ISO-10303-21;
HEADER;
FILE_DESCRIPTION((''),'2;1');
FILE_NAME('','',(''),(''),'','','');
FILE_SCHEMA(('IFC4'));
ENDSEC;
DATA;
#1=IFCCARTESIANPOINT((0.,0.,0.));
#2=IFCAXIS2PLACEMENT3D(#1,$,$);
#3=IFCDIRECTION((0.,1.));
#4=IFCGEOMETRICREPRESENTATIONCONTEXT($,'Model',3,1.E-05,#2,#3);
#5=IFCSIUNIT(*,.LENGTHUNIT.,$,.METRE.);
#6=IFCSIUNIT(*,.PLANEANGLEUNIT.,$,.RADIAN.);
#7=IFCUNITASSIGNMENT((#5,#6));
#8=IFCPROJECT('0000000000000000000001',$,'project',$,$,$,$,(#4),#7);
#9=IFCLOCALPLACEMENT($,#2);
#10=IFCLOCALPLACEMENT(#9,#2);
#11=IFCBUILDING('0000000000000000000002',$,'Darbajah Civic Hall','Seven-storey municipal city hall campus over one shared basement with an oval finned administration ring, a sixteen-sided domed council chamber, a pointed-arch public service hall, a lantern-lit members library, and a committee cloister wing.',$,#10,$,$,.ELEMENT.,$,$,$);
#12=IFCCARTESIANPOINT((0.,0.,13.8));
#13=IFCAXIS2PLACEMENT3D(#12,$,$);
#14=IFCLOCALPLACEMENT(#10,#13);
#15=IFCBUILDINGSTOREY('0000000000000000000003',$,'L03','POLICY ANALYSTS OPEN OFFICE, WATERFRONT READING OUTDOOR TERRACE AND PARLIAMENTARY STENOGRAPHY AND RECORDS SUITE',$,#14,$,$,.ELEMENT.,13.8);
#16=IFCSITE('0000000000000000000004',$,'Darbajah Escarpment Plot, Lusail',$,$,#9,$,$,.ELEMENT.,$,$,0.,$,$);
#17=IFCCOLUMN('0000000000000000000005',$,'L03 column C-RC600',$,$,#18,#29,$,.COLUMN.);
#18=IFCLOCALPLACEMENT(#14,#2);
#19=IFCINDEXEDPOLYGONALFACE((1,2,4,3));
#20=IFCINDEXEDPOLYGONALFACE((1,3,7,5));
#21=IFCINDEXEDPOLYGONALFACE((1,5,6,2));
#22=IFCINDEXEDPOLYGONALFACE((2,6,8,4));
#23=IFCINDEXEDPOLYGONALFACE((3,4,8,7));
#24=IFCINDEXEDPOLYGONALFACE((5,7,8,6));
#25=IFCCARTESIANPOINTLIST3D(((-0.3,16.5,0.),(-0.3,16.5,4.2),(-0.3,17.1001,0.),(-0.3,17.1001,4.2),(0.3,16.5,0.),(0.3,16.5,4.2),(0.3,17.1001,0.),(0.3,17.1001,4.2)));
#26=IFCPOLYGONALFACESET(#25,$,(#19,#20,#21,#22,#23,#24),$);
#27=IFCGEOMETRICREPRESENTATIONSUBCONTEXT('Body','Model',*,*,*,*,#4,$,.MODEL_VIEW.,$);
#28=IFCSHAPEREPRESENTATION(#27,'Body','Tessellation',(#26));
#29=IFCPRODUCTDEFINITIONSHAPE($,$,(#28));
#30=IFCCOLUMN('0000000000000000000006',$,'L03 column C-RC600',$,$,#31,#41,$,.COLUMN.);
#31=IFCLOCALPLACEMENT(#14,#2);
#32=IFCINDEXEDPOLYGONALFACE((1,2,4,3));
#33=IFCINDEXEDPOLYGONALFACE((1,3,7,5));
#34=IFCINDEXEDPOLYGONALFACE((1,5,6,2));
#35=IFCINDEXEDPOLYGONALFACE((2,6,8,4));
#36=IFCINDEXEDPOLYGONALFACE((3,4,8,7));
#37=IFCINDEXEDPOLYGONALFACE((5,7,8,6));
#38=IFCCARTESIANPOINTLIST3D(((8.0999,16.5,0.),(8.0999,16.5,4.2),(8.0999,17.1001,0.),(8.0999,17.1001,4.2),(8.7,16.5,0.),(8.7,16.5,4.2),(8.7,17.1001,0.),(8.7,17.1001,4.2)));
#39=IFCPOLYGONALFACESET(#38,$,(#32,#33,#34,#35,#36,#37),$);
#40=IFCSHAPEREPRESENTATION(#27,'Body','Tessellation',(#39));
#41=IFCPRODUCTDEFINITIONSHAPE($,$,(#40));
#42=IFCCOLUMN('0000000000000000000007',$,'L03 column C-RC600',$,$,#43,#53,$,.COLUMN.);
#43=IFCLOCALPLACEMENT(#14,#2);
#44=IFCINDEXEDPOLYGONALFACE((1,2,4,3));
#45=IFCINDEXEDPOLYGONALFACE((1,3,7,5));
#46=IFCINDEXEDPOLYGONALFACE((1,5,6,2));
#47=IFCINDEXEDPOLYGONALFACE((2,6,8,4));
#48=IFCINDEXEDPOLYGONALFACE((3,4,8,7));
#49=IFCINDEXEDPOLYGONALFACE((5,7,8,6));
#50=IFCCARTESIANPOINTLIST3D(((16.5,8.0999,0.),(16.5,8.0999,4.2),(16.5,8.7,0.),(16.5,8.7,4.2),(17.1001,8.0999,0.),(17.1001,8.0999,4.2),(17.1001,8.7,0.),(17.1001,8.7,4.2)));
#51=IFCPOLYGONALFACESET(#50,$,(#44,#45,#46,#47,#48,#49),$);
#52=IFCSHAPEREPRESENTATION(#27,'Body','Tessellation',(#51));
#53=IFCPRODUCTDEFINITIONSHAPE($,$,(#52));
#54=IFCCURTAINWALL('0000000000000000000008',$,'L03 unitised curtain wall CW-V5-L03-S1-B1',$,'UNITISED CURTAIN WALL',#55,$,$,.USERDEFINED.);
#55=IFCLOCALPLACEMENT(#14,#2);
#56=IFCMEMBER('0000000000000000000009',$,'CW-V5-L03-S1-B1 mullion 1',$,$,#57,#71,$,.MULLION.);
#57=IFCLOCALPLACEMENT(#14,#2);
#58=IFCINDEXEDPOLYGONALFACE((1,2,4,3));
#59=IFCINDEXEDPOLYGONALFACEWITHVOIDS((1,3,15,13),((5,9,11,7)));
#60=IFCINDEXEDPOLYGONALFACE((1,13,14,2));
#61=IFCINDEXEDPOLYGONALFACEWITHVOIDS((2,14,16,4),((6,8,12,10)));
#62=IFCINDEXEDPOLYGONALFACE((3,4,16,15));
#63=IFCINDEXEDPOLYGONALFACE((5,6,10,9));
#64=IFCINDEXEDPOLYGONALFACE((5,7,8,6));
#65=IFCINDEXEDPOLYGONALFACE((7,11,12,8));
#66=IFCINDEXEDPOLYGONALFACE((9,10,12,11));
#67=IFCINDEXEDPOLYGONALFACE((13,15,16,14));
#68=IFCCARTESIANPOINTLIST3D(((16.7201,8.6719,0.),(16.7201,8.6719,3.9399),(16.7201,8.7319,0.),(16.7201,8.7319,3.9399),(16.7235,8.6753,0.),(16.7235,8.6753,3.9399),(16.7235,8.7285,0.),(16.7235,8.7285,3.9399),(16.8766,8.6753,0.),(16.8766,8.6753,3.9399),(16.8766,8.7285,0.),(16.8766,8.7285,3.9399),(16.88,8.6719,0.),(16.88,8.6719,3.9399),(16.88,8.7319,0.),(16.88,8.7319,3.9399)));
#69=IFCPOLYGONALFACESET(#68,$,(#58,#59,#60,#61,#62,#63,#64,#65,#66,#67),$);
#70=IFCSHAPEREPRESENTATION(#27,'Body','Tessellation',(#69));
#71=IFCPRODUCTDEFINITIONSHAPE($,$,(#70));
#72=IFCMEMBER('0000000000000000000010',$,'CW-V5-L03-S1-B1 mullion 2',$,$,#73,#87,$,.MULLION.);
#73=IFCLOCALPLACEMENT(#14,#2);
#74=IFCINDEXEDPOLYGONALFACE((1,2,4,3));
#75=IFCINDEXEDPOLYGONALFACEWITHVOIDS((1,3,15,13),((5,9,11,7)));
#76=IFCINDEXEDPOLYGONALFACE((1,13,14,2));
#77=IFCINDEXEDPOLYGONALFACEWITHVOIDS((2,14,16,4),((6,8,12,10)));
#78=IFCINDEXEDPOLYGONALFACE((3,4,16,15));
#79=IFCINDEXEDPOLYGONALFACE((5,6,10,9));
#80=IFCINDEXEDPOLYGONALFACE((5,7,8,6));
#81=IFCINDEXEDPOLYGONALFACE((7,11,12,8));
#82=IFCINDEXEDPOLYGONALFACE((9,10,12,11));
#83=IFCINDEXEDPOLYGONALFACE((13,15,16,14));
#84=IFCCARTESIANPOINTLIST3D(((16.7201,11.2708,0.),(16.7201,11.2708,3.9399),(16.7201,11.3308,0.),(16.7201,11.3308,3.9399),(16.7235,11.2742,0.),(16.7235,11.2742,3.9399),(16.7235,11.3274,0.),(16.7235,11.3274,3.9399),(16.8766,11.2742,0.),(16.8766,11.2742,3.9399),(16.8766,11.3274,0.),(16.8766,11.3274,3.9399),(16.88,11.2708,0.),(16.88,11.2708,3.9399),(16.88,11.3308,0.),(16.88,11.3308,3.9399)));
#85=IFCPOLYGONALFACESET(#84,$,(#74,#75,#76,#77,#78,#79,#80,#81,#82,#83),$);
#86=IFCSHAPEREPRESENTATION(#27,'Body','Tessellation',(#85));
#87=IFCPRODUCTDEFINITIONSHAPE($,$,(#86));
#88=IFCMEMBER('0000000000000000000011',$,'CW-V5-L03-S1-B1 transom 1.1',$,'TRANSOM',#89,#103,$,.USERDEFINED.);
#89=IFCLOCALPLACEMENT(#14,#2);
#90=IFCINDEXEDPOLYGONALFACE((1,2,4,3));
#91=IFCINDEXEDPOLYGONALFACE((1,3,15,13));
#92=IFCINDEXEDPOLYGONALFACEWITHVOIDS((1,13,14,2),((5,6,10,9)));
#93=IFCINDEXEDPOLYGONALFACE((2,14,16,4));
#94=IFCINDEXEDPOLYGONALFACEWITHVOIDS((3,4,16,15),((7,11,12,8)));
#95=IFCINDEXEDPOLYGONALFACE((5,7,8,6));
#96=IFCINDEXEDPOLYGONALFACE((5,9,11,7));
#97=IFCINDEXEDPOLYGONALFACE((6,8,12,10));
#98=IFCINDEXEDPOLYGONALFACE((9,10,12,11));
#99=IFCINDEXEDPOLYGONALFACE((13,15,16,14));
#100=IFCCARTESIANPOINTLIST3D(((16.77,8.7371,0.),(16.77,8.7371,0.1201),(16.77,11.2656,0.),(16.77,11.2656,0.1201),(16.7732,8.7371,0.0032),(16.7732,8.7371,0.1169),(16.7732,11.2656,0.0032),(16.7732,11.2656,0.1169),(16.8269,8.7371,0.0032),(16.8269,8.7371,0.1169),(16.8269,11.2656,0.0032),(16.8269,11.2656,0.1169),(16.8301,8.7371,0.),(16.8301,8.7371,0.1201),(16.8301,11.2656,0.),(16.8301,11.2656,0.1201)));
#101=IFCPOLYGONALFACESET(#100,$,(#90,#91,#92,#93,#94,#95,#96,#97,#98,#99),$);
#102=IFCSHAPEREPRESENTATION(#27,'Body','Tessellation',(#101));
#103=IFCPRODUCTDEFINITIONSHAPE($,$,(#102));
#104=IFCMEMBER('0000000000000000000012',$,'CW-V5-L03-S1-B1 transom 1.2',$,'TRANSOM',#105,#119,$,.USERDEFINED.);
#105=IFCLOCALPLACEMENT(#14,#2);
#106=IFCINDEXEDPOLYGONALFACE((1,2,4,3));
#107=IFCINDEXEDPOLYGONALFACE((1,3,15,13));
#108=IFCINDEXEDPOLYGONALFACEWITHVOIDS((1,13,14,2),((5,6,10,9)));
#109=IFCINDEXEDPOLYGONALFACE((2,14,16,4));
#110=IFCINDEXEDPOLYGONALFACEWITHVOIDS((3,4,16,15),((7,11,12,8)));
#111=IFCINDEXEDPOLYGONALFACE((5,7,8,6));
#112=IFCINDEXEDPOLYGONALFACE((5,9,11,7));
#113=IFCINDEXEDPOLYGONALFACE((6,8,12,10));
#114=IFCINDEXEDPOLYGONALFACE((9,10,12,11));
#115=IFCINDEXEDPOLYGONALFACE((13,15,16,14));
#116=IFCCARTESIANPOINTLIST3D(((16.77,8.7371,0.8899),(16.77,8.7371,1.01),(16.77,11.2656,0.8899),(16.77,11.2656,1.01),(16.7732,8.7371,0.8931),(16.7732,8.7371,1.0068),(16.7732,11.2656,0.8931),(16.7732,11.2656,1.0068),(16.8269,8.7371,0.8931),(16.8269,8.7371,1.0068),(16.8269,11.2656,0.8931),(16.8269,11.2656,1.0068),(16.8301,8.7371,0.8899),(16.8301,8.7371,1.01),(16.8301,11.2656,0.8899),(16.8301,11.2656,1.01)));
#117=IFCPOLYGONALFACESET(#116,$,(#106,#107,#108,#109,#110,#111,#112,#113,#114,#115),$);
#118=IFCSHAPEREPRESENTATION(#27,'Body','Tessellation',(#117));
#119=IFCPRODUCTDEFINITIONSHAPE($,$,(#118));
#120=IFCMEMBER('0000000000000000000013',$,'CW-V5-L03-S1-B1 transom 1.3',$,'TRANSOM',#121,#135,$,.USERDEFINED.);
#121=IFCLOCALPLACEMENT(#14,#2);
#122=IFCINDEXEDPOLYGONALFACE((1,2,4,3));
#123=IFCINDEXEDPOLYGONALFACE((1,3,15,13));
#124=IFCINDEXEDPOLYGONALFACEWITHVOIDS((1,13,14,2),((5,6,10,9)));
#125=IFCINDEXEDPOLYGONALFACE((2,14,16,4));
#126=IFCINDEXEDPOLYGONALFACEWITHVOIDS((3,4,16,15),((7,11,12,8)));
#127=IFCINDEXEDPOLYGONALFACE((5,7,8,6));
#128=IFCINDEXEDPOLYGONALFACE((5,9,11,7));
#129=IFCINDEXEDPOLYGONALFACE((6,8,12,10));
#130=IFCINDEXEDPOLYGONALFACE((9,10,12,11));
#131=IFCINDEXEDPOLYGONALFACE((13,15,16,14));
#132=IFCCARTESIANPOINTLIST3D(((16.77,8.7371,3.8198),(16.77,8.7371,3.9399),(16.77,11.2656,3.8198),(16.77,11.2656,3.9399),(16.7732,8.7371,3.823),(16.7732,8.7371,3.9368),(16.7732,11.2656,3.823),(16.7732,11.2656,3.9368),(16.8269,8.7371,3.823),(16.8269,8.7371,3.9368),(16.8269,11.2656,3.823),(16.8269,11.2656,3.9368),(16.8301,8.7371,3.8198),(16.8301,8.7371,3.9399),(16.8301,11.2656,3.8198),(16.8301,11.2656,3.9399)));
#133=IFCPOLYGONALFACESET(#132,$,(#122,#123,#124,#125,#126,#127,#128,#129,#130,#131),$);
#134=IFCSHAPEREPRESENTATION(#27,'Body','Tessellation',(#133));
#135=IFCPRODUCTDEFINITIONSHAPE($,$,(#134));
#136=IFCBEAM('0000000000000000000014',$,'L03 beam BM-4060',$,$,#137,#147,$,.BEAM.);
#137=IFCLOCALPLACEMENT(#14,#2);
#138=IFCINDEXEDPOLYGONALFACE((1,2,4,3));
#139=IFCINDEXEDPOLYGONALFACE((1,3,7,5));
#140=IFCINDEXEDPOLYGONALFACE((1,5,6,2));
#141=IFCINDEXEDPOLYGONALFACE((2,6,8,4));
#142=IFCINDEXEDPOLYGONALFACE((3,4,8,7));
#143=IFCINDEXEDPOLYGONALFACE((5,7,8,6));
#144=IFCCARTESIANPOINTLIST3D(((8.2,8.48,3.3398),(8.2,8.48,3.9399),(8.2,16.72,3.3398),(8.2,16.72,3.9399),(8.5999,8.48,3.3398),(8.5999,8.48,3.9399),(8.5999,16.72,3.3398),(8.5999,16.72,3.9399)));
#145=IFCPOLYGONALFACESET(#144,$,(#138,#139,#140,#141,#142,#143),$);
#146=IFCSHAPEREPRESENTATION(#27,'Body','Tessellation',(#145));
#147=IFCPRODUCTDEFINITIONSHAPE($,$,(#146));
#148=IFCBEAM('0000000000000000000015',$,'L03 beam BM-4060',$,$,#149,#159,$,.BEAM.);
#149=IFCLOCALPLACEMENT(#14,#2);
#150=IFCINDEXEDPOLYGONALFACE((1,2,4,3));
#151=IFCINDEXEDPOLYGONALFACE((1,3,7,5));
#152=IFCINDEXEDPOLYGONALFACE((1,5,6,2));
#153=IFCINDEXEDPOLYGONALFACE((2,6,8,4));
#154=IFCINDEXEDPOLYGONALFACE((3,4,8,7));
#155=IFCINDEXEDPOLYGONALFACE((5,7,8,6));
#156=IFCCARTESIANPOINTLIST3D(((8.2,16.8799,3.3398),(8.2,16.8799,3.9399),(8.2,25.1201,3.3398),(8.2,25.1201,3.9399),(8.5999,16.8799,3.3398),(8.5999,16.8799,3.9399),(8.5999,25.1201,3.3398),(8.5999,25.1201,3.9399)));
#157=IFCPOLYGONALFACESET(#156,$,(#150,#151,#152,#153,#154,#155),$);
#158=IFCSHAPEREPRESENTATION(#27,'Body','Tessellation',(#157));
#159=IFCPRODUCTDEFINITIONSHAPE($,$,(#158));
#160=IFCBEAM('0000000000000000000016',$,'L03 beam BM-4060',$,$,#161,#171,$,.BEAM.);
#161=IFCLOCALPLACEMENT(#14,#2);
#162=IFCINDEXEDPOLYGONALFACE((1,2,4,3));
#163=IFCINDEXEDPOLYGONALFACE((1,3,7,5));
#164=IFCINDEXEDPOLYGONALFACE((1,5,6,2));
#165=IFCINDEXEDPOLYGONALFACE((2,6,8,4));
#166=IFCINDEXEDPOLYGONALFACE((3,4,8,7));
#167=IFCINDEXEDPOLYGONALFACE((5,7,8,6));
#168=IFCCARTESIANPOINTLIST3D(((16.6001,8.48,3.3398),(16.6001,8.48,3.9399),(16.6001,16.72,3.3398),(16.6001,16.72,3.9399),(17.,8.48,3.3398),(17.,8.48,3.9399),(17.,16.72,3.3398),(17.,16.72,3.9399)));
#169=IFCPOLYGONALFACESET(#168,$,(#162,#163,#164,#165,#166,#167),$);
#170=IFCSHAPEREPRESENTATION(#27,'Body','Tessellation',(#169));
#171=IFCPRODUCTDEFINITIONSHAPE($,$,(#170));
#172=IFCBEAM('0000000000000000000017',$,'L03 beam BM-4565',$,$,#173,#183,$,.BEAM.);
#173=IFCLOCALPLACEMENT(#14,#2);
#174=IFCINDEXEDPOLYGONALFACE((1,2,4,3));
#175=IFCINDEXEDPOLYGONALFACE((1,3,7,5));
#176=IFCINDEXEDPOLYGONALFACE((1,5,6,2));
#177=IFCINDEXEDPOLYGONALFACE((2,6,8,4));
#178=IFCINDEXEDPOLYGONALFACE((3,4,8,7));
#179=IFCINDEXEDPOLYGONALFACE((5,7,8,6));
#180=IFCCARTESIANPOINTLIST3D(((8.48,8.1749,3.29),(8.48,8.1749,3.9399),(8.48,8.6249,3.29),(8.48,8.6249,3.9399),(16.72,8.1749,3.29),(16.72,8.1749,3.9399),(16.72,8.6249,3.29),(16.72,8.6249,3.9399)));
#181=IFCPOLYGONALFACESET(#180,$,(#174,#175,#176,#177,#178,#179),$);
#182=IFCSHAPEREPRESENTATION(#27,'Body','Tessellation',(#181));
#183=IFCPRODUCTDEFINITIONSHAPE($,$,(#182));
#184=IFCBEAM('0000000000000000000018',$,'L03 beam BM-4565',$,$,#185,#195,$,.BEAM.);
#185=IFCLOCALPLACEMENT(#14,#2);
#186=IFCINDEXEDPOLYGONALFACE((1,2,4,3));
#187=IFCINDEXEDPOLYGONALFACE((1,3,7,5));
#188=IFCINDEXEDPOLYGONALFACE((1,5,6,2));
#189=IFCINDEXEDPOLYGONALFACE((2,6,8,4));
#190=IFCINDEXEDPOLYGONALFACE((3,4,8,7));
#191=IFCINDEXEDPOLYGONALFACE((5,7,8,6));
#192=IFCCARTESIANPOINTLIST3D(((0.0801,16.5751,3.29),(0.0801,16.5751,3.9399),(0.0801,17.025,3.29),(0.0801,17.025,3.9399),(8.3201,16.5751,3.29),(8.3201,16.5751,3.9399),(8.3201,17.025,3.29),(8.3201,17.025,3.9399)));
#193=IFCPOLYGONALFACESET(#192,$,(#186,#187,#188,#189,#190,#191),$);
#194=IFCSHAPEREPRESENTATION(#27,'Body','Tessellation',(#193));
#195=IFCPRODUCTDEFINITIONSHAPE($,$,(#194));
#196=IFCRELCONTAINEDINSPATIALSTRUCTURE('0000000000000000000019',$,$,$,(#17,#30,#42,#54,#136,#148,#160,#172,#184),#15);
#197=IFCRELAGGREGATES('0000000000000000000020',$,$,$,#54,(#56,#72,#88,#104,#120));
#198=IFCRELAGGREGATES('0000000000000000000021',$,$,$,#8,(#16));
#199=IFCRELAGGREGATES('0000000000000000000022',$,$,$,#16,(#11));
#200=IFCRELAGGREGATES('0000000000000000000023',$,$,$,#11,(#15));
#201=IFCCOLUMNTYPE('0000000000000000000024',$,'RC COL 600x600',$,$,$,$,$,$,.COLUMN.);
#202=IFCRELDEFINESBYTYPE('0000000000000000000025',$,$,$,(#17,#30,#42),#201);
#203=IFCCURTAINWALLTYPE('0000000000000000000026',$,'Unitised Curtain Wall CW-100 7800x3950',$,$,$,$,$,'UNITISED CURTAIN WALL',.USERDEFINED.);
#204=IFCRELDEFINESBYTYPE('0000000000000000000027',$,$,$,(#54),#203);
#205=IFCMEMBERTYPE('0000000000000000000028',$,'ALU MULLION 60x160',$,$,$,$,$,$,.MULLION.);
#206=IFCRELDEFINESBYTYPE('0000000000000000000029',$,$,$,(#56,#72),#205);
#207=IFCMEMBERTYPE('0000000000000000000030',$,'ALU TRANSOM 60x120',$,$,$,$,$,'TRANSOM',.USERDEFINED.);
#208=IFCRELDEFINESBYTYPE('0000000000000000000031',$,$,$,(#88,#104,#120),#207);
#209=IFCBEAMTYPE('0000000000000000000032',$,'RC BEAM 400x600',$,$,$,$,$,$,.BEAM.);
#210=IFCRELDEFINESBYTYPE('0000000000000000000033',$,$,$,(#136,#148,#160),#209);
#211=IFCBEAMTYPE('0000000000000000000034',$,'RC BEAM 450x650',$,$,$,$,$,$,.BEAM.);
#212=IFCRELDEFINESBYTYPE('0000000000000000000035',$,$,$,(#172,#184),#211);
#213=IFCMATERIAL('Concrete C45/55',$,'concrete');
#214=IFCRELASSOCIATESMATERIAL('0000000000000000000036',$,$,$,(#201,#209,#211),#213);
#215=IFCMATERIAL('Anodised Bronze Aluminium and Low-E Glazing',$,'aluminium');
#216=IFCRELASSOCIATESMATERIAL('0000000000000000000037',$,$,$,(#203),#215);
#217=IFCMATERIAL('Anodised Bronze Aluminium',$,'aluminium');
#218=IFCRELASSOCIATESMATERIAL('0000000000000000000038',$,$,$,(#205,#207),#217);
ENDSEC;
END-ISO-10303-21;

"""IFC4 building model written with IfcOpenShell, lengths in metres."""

from ifc_helpers import new_model, si_unit, direction, frame, origin, origin_2d, place, context, subcontext, project, spatial, rectangle, hollow_rectangle, extrude, material, material_profile, profile_set, type_object, element, aggregate, save


model = new_model("IFC4")

# Units and contexts
model_context = context("Model", 3, precision=1e-05, world=origin(), true_north=direction((0.0, 1.0)))
body_context = subcontext(model_context, "Body", "Model", "MODEL_VIEW")
ifc_project = project(units=[si_unit("LENGTHUNIT", "METRE"), si_unit("PLANEANGLEUNIT", "RADIAN")], contexts=[model_context])

# Site, building, storey
site_placement = place(None, origin())
site = spatial("IfcSite", under=ifc_project, at=site_placement, Name="Darbajah Escarpment Plot, Lusail", CompositionType="ELEMENT", RefElevation=0.0)
building_placement = place(site_placement, origin())
building = spatial("IfcBuilding", under=site, at=building_placement, Name="Darbajah Civic Hall", Description="Seven-storey municipal city hall campus over one shared basement with an oval finned administration ring, a sixteen-sided domed council chamber, a pointed-arch public service hall, a lantern-lit members library, and a committee cloister wing.", CompositionType="ELEMENT")
storey_placement = place(building_placement, frame((0.0, 0.0, 13.8)))
storey = spatial("IfcBuildingStorey", under=building, at=storey_placement, Name="L03", Description="POLICY ANALYSTS OPEN OFFICE, WATERFRONT READING OUTDOOR TERRACE AND PARLIAMENTARY STENOGRAPHY AND RECORDS SUITE", CompositionType="ELEMENT", Elevation=13.8)

# Columns
ifc_material_1 = material(Name="Concrete C45/55", Category="concrete")
ifc_material_profile_1 = material_profile(ifc_material_1, rectangle(XDim=0.6001, YDim=0.6001, at=origin_2d()), Name="RC COL 600x600")
ifc_profile_set_1 = profile_set([ifc_material_profile_1], Name="Concrete C45/55")
column_type = type_object("IfcColumnType", Name="RC COL 600x600", PredefinedType="COLUMN", material=ifc_profile_set_1)
for number, where, z_axis, x_axis, name in (
    (1, (0.0, 16.8, 0.0), (0.0, 0.0, 1.0), (1.0, 0.0, 0.0), "L03 column C-RC600"),
    (2, (8.3999, 16.8, 0.0), (0.0, 0.0, 1.0), (1.0, 0.0, 0.0), "L03 column C-RC600"),
    (3, (16.8, 8.3999, 0.0), (0.0, 0.0, 1.0), (1.0, 0.0, 0.0), "L03 column C-RC600"),
):
    element("IfcColumn", number, at=place(storey_placement, frame(where, z_axis=z_axis, x_axis=x_axis)), inside=storey, type_object=column_type, Name=name, PredefinedType="COLUMN", context=body_context, shape_type="SweptSolid", body=[
        extrude(rectangle(XDim=0.6001, YDim=0.6001, at=origin_2d()), origin(), (0.0, 0.0, 1.0), 4.2),
    ])

# Curtain wall, members
ifc_material_2 = material(Name="Anodised Bronze Aluminium and Low-E Glazing", Category="aluminium")
curtain_wall_type = type_object("IfcCurtainWallType", Name="Unitised Curtain Wall CW-100 7800x3950", ElementType="UNITISED CURTAIN WALL", PredefinedType="USERDEFINED", material=ifc_material_2)
curtain_wall_placement = place(storey_placement, origin())
curtain_wall = element("IfcCurtainWall", 4, at=curtain_wall_placement, inside=storey, type_object=curtain_wall_type, Name="L03 unitised curtain wall CW-V5-L03-S1-B1", ObjectType="UNITISED CURTAIN WALL", PredefinedType="USERDEFINED")
ifc_material_3 = material(Name="Anodised Bronze Aluminium", Category="aluminium")
ifc_material_profile_2 = material_profile(ifc_material_3, hollow_rectangle(XDim=0.0601, YDim=0.1599, WallThickness=0.0034, at=origin_2d()), Name="ALU MULLION 60x160")
ifc_profile_set_2 = profile_set([ifc_material_profile_2], Name="Anodised Bronze Aluminium")
member_type_1 = type_object("IfcMemberType", Name="ALU MULLION 60x160", PredefinedType="MULLION", material=ifc_profile_set_2)
member_1_placement = place(storey_placement, frame((16.8, 8.7019, 0.0), z_axis=(0.0, 0.0, 1.0), x_axis=(0.0, 1.0, 0.0)))
member_1 = element("IfcMember", 5, at=member_1_placement, type_object=member_type_1, Name="CW-V5-L03-S1-B1 mullion 1", PredefinedType="MULLION", context=body_context, shape_type="SweptSolid", body=[
    extrude(hollow_rectangle(XDim=0.0601, YDim=0.1599, WallThickness=0.0034, at=origin_2d()), origin(), (0.0, 0.0, 1.0), 3.9399),
])
member_2_placement = place(storey_placement, frame((16.8, 11.3008, 0.0), z_axis=(0.0, 0.0, 1.0), x_axis=(0.0, 1.0, 0.0)))
member_2 = element("IfcMember", 6, at=member_2_placement, type_object=member_type_1, Name="CW-V5-L03-S1-B1 mullion 2", PredefinedType="MULLION", context=body_context, shape_type="SweptSolid", body=[
    extrude(hollow_rectangle(XDim=0.0601, YDim=0.1599, WallThickness=0.0034, at=origin_2d()), origin(), (0.0, 0.0, 1.0), 3.9399),
])
ifc_material_profile_3 = material_profile(ifc_material_3, hollow_rectangle(XDim=0.0601, YDim=0.1201, WallThickness=0.0032, at=origin_2d()), Name="ALU TRANSOM 60x120")
ifc_profile_set_3 = profile_set([ifc_material_profile_3], Name="Anodised Bronze Aluminium")
member_type_2 = type_object("IfcMemberType", Name="ALU TRANSOM 60x120", ElementType="TRANSOM", PredefinedType="USERDEFINED", material=ifc_profile_set_3)
member_3_placement = place(storey_placement, frame((16.8, 8.7371, 0.0601), z_axis=(0.0, 1.0, 0.0), x_axis=(-1.0, 0.0, 0.0)))
member_3 = element("IfcMember", 7, at=member_3_placement, type_object=member_type_2, Name="CW-V5-L03-S1-B1 transom 1.1", ObjectType="TRANSOM", PredefinedType="USERDEFINED", context=body_context, shape_type="SweptSolid", body=[
    extrude(hollow_rectangle(XDim=0.0601, YDim=0.1201, WallThickness=0.0032, at=origin_2d()), origin(), (0.0, 0.0, 1.0), 2.5286),
])
member_4_placement = place(storey_placement, frame((16.8, 8.7371, 0.95), z_axis=(0.0, 1.0, 0.0), x_axis=(-1.0, 0.0, 0.0)))
member_4 = element("IfcMember", 8, at=member_4_placement, type_object=member_type_2, Name="CW-V5-L03-S1-B1 transom 1.2", ObjectType="TRANSOM", PredefinedType="USERDEFINED", context=body_context, shape_type="SweptSolid", body=[
    extrude(hollow_rectangle(XDim=0.0601, YDim=0.1201, WallThickness=0.0032, at=origin_2d()), origin(), (0.0, 0.0, 1.0), 2.5286),
])
member_5_placement = place(storey_placement, frame((16.8, 8.7371, 3.8799), z_axis=(0.0, 1.0, 0.0), x_axis=(-1.0, 0.0, 0.0)))
member_5 = element("IfcMember", 9, at=member_5_placement, type_object=member_type_2, Name="CW-V5-L03-S1-B1 transom 1.3", ObjectType="TRANSOM", PredefinedType="USERDEFINED", context=body_context, shape_type="SweptSolid", body=[
    extrude(hollow_rectangle(XDim=0.0601, YDim=0.1201, WallThickness=0.0032, at=origin_2d()), origin(), (0.0, 0.0, 1.0), 2.5286),
])

# Beams
ifc_material_profile_4 = material_profile(ifc_material_1, rectangle(XDim=0.3999, YDim=0.6001, at=origin_2d()), Name="RC BEAM 400x600")
ifc_profile_set_4 = profile_set([ifc_material_profile_4], Name="Concrete C45/55")
beam_type_1 = type_object("IfcBeamType", Name="RC BEAM 400x600", PredefinedType="BEAM", material=ifc_profile_set_4)
beam_1_placement = place(storey_placement, frame((8.3999, 8.48, 3.6399), z_axis=(0.0, 1.0, 0.0), x_axis=(-1.0, 0.0, 0.0)))
element("IfcBeam", 10, at=beam_1_placement, inside=storey, type_object=beam_type_1, Name="L03 beam BM-4060", PredefinedType="BEAM", context=body_context, shape_type="SweptSolid", body=[
    extrude(rectangle(XDim=0.3999, YDim=0.6001, at=origin_2d()), origin(), (0.0, 0.0, 1.0), 8.24),
])
beam_2_placement = place(storey_placement, frame((8.3999, 16.8799, 3.6399), z_axis=(0.0, 1.0, 0.0), x_axis=(-1.0, 0.0, 0.0)))
element("IfcBeam", 11, at=beam_2_placement, inside=storey, type_object=beam_type_1, Name="L03 beam BM-4060", PredefinedType="BEAM", context=body_context, shape_type="SweptSolid", body=[
    extrude(rectangle(XDim=0.3999, YDim=0.6001, at=origin_2d()), origin(), (0.0, 0.0, 1.0), 8.2402),
])
beam_3_placement = place(storey_placement, frame((16.8, 8.48, 3.6399), z_axis=(0.0, 1.0, 0.0), x_axis=(-1.0, 0.0, 0.0)))
element("IfcBeam", 12, at=beam_3_placement, inside=storey, type_object=beam_type_1, Name="L03 beam BM-4060", PredefinedType="BEAM", context=body_context, shape_type="SweptSolid", body=[
    extrude(rectangle(XDim=0.3999, YDim=0.6001, at=origin_2d()), origin(), (0.0, 0.0, 1.0), 8.24),
])
ifc_material_profile_5 = material_profile(ifc_material_1, rectangle(XDim=0.45, YDim=0.6499, at=origin_2d()), Name="RC BEAM 450x650")
ifc_profile_set_5 = profile_set([ifc_material_profile_5], Name="Concrete C45/55")
beam_type_2 = type_object("IfcBeamType", Name="RC BEAM 450x650", PredefinedType="BEAM", material=ifc_profile_set_5)
for number, where, z_axis, x_axis, name in (
    (13, (8.48, 8.3999, 3.615), (1.0, 0.0, 0.0), (0.0, 1.0, 0.0), "L03 beam BM-4565"),
    (14, (0.0801, 16.8, 3.615), (1.0, 0.0, 0.0), (0.0, 1.0, 0.0), "L03 beam BM-4565"),
):
    element("IfcBeam", number, at=place(storey_placement, frame(where, z_axis=z_axis, x_axis=x_axis)), inside=storey, type_object=beam_type_2, Name=name, PredefinedType="BEAM", context=body_context, shape_type="SweptSolid", body=[
        extrude(rectangle(XDim=0.45, YDim=0.6499, at=origin_2d()), origin(), (0.0, 0.0, 1.0), 8.24),
    ])

aggregate(curtain_wall, [member_1, member_2, member_3, member_4, member_5])

save(model, "model.ifc")
